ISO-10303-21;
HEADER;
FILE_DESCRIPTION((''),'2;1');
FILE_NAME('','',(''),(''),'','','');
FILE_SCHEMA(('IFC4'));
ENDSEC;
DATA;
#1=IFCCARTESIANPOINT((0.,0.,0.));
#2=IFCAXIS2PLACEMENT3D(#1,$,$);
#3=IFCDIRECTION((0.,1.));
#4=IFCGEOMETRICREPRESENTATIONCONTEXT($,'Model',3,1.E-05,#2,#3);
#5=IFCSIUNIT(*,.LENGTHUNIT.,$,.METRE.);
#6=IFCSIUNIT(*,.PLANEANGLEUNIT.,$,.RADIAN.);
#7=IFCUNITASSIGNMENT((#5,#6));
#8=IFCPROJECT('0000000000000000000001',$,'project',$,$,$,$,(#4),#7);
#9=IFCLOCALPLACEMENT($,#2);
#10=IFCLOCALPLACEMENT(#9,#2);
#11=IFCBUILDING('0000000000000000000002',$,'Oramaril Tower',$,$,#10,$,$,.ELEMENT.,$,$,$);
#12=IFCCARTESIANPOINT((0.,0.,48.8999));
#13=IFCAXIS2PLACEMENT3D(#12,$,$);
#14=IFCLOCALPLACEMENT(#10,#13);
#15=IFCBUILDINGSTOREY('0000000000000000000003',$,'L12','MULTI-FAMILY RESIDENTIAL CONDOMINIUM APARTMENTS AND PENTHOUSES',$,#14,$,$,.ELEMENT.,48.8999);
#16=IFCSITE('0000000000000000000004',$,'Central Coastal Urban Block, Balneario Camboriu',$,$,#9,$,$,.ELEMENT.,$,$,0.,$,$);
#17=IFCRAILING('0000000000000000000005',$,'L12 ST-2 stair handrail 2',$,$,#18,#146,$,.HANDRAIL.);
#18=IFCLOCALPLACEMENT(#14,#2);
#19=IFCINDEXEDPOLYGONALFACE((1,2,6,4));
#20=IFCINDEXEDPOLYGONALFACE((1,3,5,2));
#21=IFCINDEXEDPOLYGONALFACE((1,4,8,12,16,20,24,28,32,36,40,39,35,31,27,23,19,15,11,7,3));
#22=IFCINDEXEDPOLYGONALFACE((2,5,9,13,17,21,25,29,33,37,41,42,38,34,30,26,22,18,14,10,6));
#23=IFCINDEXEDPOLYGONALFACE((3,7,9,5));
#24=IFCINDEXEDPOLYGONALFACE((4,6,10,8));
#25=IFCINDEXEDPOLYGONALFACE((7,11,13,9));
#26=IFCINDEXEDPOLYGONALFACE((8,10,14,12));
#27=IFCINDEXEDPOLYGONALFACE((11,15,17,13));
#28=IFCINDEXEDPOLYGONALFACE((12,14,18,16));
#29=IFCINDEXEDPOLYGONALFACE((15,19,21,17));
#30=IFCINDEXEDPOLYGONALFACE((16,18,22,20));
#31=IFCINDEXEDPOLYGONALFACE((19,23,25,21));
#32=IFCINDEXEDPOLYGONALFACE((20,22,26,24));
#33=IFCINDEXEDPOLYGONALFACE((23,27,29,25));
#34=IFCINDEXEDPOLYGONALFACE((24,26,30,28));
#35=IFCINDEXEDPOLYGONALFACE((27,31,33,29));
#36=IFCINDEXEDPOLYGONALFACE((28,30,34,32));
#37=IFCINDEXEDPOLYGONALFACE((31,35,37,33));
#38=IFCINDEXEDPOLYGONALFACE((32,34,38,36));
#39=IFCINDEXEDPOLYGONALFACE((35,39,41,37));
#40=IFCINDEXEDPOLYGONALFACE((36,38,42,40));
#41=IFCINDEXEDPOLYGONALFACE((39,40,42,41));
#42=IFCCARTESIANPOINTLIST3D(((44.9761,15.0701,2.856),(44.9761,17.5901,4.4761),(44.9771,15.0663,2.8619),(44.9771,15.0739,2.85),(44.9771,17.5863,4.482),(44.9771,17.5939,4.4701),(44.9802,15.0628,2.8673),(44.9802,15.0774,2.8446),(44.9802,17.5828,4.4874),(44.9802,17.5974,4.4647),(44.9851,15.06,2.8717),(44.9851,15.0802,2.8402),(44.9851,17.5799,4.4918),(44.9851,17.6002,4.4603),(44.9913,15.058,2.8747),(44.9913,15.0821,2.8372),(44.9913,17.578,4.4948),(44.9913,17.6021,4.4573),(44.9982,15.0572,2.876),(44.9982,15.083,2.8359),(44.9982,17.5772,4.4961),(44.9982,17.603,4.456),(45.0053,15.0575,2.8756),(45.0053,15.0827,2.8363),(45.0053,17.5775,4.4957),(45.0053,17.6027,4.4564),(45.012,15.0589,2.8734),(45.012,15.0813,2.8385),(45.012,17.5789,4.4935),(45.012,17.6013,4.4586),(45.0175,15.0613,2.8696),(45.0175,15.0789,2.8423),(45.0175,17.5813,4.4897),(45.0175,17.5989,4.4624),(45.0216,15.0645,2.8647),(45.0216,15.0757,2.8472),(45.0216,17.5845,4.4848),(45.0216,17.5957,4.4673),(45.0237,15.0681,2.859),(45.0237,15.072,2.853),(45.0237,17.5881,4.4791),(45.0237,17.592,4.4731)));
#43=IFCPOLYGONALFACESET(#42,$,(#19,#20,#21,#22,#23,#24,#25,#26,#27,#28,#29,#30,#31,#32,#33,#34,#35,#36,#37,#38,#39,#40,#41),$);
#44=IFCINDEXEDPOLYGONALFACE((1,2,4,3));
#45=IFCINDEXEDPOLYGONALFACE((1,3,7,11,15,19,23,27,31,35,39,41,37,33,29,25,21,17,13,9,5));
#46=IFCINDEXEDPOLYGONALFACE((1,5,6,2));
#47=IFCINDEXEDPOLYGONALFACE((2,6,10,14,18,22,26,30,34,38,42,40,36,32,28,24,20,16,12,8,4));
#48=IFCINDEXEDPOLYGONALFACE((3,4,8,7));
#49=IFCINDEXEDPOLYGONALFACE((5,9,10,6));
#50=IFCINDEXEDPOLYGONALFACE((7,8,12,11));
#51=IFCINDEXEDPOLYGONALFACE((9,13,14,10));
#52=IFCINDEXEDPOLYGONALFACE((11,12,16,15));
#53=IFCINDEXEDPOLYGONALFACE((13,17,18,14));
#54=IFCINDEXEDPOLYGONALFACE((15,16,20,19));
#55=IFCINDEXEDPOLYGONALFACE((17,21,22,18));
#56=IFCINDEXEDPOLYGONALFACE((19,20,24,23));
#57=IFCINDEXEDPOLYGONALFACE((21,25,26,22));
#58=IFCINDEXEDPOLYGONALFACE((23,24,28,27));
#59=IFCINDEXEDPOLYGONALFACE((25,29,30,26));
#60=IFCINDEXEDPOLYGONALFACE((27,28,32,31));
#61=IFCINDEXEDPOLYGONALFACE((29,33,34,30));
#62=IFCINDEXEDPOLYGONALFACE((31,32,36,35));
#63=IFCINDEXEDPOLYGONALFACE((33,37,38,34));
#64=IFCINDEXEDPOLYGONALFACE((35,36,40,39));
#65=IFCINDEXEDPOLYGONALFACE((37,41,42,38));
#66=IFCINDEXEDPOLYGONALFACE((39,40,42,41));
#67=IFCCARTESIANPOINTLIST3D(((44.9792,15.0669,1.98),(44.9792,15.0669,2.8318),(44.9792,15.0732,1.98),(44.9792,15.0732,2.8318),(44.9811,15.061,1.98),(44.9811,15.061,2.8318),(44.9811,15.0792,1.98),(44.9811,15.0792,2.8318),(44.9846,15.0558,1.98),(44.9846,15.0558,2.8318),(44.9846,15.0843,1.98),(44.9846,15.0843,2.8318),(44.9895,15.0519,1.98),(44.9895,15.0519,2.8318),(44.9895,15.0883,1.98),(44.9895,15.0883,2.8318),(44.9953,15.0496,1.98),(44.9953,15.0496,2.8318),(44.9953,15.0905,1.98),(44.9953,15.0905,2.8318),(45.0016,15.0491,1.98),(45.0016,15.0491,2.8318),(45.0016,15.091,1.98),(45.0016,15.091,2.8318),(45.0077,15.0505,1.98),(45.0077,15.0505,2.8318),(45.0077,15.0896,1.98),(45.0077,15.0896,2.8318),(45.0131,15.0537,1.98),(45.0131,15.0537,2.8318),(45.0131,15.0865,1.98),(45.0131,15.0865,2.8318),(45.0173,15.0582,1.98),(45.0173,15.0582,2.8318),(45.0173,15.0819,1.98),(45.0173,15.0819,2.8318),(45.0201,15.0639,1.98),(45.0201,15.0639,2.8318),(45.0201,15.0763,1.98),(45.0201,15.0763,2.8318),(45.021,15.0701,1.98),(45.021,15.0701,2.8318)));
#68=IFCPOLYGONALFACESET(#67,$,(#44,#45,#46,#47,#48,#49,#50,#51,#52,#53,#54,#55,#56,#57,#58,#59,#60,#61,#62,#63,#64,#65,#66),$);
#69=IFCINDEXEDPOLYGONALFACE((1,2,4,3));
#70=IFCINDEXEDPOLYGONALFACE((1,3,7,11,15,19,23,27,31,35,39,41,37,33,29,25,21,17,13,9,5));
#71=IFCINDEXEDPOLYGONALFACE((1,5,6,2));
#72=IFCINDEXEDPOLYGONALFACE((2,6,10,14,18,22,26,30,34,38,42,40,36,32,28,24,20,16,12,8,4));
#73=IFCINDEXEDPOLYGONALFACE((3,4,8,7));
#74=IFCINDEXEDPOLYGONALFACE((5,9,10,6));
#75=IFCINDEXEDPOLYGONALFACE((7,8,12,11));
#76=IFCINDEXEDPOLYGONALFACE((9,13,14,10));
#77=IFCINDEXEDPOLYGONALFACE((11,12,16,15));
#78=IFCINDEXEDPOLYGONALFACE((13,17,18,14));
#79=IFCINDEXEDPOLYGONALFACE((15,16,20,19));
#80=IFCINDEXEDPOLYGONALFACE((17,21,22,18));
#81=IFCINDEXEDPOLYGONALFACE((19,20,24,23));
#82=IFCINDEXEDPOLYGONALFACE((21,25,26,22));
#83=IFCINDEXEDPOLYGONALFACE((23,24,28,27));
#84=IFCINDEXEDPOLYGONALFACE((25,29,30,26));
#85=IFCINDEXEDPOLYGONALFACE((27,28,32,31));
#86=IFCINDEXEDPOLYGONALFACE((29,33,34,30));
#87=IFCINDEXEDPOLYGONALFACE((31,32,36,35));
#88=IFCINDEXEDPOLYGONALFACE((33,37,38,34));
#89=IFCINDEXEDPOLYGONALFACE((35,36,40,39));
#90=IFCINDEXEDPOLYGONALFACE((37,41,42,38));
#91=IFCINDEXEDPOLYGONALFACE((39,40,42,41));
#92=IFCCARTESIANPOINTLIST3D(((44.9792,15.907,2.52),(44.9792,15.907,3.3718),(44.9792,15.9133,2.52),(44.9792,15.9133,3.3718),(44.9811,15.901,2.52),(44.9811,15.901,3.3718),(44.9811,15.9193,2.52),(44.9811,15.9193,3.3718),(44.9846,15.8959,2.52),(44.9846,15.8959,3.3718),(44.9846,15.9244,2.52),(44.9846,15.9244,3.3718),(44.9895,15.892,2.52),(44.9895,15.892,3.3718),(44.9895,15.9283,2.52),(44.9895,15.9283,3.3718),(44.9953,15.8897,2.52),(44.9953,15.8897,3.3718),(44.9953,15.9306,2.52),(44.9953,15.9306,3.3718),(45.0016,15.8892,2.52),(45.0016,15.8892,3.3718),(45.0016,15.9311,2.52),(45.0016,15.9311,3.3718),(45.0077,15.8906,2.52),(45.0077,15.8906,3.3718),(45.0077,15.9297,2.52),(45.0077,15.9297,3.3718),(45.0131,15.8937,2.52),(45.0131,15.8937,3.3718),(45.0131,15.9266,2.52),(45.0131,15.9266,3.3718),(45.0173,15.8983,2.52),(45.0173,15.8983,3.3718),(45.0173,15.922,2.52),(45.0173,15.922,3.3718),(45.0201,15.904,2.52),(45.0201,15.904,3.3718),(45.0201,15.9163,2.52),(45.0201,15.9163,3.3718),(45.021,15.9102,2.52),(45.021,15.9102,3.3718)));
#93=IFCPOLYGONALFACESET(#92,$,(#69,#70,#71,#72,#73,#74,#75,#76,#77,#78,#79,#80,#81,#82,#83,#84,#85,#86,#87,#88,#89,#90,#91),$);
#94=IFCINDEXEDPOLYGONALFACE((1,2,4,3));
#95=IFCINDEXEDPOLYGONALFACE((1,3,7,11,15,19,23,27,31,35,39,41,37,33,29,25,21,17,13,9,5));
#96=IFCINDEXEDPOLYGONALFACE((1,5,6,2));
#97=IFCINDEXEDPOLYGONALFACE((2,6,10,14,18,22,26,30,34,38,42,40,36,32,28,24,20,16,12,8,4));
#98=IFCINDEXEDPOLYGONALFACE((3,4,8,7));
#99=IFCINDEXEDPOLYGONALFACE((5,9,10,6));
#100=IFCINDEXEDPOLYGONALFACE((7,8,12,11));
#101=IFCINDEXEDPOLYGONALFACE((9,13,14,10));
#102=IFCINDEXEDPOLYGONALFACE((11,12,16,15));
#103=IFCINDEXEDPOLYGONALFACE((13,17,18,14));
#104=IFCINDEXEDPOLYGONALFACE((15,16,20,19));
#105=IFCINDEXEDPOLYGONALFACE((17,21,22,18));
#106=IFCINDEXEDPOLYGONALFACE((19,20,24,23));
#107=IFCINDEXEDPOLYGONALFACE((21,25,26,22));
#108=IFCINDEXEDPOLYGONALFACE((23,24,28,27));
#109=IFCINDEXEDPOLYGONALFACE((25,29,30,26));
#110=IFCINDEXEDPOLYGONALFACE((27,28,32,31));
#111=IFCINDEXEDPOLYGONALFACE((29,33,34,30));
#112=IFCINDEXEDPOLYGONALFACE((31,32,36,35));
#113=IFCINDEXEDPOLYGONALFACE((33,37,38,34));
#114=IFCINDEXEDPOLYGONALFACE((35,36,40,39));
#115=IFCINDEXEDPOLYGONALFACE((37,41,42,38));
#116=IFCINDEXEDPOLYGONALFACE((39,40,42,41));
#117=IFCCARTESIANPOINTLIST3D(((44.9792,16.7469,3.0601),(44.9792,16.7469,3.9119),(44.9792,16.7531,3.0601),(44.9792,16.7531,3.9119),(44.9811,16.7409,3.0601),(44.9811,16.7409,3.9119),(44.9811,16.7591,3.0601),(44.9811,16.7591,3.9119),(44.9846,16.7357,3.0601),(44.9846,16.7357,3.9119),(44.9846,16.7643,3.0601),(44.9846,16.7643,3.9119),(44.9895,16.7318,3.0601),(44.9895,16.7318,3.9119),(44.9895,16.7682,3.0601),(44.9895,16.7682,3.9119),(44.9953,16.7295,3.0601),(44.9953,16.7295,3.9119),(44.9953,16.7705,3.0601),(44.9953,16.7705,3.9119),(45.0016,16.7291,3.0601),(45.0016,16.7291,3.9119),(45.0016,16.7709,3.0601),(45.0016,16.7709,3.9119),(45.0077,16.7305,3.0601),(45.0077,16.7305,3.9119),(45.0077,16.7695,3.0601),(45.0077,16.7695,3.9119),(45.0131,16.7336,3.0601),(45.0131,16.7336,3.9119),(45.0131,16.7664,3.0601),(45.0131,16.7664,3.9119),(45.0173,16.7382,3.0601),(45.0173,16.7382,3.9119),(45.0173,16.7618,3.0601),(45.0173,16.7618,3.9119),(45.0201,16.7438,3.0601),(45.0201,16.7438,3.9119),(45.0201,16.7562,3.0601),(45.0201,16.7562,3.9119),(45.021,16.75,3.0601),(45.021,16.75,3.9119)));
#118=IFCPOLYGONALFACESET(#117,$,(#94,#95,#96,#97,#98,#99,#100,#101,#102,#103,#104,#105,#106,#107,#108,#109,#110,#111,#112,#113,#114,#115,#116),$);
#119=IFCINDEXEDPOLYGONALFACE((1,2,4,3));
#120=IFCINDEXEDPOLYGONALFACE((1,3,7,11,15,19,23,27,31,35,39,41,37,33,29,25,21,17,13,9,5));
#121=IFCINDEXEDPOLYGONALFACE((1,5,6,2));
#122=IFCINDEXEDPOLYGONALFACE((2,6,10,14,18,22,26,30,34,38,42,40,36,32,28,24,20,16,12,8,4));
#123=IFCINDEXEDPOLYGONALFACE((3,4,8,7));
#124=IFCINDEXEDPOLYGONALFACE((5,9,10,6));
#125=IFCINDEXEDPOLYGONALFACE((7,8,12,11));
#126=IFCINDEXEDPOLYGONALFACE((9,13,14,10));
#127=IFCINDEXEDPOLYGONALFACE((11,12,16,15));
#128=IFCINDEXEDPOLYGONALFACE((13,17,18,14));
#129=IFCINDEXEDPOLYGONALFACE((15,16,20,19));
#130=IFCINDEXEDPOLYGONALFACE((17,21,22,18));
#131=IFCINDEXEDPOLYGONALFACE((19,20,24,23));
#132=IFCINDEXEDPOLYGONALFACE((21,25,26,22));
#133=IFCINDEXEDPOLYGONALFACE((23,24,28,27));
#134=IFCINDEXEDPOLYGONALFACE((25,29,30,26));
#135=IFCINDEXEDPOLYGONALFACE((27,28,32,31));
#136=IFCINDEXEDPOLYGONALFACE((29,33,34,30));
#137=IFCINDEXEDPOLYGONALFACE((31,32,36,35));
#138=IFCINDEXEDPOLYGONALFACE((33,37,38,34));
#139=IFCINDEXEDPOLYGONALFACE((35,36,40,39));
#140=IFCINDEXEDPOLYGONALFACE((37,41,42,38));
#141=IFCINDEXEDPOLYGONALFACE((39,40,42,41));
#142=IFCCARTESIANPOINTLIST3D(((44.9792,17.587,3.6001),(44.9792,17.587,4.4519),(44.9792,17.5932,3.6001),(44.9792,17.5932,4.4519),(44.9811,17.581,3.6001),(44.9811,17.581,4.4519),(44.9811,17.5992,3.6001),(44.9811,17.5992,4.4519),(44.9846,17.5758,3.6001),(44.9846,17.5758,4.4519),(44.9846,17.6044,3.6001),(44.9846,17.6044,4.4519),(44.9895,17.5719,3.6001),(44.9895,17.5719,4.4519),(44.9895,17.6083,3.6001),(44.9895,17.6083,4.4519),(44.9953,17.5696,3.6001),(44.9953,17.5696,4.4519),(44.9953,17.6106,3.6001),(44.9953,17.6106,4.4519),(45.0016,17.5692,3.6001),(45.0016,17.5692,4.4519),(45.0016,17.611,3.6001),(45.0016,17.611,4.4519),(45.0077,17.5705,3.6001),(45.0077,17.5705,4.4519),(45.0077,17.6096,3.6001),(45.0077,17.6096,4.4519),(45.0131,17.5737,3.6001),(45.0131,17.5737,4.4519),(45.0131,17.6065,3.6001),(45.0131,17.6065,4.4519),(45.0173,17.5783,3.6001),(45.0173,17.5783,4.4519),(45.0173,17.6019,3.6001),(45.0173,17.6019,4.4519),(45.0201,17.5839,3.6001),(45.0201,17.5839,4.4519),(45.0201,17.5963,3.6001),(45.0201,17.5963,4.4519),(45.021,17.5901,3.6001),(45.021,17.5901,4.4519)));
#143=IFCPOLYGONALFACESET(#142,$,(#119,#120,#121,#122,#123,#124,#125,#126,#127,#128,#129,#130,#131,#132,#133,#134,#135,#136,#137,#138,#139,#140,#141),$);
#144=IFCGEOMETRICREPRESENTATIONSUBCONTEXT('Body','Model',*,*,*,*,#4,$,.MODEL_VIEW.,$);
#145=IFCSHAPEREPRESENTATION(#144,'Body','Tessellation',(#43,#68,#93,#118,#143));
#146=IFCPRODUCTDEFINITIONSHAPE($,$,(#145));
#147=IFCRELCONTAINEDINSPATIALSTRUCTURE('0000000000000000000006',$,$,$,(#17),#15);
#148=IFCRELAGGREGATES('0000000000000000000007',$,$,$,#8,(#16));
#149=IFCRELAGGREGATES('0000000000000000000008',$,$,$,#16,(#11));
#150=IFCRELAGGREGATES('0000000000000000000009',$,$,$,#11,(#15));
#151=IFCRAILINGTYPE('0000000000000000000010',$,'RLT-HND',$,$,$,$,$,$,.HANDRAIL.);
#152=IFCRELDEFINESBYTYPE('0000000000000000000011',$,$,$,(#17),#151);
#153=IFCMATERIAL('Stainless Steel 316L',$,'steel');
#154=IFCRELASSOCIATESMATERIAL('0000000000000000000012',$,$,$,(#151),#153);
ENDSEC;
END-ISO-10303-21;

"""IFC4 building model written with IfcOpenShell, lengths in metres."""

from ifc_helpers import new_model, si_unit, direction, frame, origin, origin_2d, place, context, subcontext, project, spatial, circle, extrude, material, type_object, element, save


model = new_model("IFC4")

# Units and contexts
model_context = context("Model", 3, precision=1e-05, world=origin(), true_north=direction((0.0, 1.0)))
body_context = subcontext(model_context, "Body", "Model", "MODEL_VIEW")
ifc_project = project(units=[si_unit("LENGTHUNIT", "METRE"), si_unit("PLANEANGLEUNIT", "RADIAN")], contexts=[model_context])

# Site, building, storey
site_placement = place(None, origin())
site = spatial("IfcSite", under=ifc_project, at=site_placement, Name="Central Coastal Urban Block, Balneario Camboriu", CompositionType="ELEMENT", RefElevation=0.0)
building_placement = place(site_placement, origin())
building = spatial("IfcBuilding", under=site, at=building_placement, Name="Oramaril Tower", CompositionType="ELEMENT")
storey_placement = place(building_placement, frame((0.0, 0.0, 48.8999)))
storey = spatial("IfcBuildingStorey", under=building, at=storey_placement, Name="L12", Description="MULTI-FAMILY RESIDENTIAL CONDOMINIUM APARTMENTS AND PENTHOUSES", CompositionType="ELEMENT", Elevation=48.8999)

# Railing
ifc_material_1 = material(Name="Stainless Steel 316L", Category="steel")
railing_type_1 = type_object("IfcRailingType", Name="RLT-HND", PredefinedType="HANDRAIL", material=ifc_material_1)
railing_1_placement = place(storey_placement, frame((45.0, 15.0701, 1.98)))
element("IfcRailing", 1, at=railing_1_placement, inside=storey, type_object=railing_type_1, Name="L12 ST-2 stair handrail 2", PredefinedType="HANDRAIL", context=body_context, shape_type="SweptSolid", body=[
    extrude(circle(Radius=0.0239, at=origin_2d()), frame((0.0, 0.0, 0.876), z_axis=(0.0, 0.841163, 0.540782), x_axis=(-1.0, 0.0, 0.0)), (0.0, 0.0, 1.0), 2.9958),
    extrude(circle(Radius=0.021, at=origin_2d()), origin(), (0.0, 0.0, 1.0), 0.8518),
    extrude(circle(Radius=0.021, at=origin_2d()), frame((0.0, 0.8401, 0.54)), (0.0, 0.0, 1.0), 0.8518),
    extrude(circle(Radius=0.021, at=origin_2d()), frame((0.0, 1.6799, 1.0801)), (0.0, 0.0, 1.0), 0.8518),
    extrude(circle(Radius=0.021, at=origin_2d()), frame((0.0, 2.52, 1.6201)), (0.0, 0.0, 1.0), 0.8518),
])

save(model, "model.ifc")
